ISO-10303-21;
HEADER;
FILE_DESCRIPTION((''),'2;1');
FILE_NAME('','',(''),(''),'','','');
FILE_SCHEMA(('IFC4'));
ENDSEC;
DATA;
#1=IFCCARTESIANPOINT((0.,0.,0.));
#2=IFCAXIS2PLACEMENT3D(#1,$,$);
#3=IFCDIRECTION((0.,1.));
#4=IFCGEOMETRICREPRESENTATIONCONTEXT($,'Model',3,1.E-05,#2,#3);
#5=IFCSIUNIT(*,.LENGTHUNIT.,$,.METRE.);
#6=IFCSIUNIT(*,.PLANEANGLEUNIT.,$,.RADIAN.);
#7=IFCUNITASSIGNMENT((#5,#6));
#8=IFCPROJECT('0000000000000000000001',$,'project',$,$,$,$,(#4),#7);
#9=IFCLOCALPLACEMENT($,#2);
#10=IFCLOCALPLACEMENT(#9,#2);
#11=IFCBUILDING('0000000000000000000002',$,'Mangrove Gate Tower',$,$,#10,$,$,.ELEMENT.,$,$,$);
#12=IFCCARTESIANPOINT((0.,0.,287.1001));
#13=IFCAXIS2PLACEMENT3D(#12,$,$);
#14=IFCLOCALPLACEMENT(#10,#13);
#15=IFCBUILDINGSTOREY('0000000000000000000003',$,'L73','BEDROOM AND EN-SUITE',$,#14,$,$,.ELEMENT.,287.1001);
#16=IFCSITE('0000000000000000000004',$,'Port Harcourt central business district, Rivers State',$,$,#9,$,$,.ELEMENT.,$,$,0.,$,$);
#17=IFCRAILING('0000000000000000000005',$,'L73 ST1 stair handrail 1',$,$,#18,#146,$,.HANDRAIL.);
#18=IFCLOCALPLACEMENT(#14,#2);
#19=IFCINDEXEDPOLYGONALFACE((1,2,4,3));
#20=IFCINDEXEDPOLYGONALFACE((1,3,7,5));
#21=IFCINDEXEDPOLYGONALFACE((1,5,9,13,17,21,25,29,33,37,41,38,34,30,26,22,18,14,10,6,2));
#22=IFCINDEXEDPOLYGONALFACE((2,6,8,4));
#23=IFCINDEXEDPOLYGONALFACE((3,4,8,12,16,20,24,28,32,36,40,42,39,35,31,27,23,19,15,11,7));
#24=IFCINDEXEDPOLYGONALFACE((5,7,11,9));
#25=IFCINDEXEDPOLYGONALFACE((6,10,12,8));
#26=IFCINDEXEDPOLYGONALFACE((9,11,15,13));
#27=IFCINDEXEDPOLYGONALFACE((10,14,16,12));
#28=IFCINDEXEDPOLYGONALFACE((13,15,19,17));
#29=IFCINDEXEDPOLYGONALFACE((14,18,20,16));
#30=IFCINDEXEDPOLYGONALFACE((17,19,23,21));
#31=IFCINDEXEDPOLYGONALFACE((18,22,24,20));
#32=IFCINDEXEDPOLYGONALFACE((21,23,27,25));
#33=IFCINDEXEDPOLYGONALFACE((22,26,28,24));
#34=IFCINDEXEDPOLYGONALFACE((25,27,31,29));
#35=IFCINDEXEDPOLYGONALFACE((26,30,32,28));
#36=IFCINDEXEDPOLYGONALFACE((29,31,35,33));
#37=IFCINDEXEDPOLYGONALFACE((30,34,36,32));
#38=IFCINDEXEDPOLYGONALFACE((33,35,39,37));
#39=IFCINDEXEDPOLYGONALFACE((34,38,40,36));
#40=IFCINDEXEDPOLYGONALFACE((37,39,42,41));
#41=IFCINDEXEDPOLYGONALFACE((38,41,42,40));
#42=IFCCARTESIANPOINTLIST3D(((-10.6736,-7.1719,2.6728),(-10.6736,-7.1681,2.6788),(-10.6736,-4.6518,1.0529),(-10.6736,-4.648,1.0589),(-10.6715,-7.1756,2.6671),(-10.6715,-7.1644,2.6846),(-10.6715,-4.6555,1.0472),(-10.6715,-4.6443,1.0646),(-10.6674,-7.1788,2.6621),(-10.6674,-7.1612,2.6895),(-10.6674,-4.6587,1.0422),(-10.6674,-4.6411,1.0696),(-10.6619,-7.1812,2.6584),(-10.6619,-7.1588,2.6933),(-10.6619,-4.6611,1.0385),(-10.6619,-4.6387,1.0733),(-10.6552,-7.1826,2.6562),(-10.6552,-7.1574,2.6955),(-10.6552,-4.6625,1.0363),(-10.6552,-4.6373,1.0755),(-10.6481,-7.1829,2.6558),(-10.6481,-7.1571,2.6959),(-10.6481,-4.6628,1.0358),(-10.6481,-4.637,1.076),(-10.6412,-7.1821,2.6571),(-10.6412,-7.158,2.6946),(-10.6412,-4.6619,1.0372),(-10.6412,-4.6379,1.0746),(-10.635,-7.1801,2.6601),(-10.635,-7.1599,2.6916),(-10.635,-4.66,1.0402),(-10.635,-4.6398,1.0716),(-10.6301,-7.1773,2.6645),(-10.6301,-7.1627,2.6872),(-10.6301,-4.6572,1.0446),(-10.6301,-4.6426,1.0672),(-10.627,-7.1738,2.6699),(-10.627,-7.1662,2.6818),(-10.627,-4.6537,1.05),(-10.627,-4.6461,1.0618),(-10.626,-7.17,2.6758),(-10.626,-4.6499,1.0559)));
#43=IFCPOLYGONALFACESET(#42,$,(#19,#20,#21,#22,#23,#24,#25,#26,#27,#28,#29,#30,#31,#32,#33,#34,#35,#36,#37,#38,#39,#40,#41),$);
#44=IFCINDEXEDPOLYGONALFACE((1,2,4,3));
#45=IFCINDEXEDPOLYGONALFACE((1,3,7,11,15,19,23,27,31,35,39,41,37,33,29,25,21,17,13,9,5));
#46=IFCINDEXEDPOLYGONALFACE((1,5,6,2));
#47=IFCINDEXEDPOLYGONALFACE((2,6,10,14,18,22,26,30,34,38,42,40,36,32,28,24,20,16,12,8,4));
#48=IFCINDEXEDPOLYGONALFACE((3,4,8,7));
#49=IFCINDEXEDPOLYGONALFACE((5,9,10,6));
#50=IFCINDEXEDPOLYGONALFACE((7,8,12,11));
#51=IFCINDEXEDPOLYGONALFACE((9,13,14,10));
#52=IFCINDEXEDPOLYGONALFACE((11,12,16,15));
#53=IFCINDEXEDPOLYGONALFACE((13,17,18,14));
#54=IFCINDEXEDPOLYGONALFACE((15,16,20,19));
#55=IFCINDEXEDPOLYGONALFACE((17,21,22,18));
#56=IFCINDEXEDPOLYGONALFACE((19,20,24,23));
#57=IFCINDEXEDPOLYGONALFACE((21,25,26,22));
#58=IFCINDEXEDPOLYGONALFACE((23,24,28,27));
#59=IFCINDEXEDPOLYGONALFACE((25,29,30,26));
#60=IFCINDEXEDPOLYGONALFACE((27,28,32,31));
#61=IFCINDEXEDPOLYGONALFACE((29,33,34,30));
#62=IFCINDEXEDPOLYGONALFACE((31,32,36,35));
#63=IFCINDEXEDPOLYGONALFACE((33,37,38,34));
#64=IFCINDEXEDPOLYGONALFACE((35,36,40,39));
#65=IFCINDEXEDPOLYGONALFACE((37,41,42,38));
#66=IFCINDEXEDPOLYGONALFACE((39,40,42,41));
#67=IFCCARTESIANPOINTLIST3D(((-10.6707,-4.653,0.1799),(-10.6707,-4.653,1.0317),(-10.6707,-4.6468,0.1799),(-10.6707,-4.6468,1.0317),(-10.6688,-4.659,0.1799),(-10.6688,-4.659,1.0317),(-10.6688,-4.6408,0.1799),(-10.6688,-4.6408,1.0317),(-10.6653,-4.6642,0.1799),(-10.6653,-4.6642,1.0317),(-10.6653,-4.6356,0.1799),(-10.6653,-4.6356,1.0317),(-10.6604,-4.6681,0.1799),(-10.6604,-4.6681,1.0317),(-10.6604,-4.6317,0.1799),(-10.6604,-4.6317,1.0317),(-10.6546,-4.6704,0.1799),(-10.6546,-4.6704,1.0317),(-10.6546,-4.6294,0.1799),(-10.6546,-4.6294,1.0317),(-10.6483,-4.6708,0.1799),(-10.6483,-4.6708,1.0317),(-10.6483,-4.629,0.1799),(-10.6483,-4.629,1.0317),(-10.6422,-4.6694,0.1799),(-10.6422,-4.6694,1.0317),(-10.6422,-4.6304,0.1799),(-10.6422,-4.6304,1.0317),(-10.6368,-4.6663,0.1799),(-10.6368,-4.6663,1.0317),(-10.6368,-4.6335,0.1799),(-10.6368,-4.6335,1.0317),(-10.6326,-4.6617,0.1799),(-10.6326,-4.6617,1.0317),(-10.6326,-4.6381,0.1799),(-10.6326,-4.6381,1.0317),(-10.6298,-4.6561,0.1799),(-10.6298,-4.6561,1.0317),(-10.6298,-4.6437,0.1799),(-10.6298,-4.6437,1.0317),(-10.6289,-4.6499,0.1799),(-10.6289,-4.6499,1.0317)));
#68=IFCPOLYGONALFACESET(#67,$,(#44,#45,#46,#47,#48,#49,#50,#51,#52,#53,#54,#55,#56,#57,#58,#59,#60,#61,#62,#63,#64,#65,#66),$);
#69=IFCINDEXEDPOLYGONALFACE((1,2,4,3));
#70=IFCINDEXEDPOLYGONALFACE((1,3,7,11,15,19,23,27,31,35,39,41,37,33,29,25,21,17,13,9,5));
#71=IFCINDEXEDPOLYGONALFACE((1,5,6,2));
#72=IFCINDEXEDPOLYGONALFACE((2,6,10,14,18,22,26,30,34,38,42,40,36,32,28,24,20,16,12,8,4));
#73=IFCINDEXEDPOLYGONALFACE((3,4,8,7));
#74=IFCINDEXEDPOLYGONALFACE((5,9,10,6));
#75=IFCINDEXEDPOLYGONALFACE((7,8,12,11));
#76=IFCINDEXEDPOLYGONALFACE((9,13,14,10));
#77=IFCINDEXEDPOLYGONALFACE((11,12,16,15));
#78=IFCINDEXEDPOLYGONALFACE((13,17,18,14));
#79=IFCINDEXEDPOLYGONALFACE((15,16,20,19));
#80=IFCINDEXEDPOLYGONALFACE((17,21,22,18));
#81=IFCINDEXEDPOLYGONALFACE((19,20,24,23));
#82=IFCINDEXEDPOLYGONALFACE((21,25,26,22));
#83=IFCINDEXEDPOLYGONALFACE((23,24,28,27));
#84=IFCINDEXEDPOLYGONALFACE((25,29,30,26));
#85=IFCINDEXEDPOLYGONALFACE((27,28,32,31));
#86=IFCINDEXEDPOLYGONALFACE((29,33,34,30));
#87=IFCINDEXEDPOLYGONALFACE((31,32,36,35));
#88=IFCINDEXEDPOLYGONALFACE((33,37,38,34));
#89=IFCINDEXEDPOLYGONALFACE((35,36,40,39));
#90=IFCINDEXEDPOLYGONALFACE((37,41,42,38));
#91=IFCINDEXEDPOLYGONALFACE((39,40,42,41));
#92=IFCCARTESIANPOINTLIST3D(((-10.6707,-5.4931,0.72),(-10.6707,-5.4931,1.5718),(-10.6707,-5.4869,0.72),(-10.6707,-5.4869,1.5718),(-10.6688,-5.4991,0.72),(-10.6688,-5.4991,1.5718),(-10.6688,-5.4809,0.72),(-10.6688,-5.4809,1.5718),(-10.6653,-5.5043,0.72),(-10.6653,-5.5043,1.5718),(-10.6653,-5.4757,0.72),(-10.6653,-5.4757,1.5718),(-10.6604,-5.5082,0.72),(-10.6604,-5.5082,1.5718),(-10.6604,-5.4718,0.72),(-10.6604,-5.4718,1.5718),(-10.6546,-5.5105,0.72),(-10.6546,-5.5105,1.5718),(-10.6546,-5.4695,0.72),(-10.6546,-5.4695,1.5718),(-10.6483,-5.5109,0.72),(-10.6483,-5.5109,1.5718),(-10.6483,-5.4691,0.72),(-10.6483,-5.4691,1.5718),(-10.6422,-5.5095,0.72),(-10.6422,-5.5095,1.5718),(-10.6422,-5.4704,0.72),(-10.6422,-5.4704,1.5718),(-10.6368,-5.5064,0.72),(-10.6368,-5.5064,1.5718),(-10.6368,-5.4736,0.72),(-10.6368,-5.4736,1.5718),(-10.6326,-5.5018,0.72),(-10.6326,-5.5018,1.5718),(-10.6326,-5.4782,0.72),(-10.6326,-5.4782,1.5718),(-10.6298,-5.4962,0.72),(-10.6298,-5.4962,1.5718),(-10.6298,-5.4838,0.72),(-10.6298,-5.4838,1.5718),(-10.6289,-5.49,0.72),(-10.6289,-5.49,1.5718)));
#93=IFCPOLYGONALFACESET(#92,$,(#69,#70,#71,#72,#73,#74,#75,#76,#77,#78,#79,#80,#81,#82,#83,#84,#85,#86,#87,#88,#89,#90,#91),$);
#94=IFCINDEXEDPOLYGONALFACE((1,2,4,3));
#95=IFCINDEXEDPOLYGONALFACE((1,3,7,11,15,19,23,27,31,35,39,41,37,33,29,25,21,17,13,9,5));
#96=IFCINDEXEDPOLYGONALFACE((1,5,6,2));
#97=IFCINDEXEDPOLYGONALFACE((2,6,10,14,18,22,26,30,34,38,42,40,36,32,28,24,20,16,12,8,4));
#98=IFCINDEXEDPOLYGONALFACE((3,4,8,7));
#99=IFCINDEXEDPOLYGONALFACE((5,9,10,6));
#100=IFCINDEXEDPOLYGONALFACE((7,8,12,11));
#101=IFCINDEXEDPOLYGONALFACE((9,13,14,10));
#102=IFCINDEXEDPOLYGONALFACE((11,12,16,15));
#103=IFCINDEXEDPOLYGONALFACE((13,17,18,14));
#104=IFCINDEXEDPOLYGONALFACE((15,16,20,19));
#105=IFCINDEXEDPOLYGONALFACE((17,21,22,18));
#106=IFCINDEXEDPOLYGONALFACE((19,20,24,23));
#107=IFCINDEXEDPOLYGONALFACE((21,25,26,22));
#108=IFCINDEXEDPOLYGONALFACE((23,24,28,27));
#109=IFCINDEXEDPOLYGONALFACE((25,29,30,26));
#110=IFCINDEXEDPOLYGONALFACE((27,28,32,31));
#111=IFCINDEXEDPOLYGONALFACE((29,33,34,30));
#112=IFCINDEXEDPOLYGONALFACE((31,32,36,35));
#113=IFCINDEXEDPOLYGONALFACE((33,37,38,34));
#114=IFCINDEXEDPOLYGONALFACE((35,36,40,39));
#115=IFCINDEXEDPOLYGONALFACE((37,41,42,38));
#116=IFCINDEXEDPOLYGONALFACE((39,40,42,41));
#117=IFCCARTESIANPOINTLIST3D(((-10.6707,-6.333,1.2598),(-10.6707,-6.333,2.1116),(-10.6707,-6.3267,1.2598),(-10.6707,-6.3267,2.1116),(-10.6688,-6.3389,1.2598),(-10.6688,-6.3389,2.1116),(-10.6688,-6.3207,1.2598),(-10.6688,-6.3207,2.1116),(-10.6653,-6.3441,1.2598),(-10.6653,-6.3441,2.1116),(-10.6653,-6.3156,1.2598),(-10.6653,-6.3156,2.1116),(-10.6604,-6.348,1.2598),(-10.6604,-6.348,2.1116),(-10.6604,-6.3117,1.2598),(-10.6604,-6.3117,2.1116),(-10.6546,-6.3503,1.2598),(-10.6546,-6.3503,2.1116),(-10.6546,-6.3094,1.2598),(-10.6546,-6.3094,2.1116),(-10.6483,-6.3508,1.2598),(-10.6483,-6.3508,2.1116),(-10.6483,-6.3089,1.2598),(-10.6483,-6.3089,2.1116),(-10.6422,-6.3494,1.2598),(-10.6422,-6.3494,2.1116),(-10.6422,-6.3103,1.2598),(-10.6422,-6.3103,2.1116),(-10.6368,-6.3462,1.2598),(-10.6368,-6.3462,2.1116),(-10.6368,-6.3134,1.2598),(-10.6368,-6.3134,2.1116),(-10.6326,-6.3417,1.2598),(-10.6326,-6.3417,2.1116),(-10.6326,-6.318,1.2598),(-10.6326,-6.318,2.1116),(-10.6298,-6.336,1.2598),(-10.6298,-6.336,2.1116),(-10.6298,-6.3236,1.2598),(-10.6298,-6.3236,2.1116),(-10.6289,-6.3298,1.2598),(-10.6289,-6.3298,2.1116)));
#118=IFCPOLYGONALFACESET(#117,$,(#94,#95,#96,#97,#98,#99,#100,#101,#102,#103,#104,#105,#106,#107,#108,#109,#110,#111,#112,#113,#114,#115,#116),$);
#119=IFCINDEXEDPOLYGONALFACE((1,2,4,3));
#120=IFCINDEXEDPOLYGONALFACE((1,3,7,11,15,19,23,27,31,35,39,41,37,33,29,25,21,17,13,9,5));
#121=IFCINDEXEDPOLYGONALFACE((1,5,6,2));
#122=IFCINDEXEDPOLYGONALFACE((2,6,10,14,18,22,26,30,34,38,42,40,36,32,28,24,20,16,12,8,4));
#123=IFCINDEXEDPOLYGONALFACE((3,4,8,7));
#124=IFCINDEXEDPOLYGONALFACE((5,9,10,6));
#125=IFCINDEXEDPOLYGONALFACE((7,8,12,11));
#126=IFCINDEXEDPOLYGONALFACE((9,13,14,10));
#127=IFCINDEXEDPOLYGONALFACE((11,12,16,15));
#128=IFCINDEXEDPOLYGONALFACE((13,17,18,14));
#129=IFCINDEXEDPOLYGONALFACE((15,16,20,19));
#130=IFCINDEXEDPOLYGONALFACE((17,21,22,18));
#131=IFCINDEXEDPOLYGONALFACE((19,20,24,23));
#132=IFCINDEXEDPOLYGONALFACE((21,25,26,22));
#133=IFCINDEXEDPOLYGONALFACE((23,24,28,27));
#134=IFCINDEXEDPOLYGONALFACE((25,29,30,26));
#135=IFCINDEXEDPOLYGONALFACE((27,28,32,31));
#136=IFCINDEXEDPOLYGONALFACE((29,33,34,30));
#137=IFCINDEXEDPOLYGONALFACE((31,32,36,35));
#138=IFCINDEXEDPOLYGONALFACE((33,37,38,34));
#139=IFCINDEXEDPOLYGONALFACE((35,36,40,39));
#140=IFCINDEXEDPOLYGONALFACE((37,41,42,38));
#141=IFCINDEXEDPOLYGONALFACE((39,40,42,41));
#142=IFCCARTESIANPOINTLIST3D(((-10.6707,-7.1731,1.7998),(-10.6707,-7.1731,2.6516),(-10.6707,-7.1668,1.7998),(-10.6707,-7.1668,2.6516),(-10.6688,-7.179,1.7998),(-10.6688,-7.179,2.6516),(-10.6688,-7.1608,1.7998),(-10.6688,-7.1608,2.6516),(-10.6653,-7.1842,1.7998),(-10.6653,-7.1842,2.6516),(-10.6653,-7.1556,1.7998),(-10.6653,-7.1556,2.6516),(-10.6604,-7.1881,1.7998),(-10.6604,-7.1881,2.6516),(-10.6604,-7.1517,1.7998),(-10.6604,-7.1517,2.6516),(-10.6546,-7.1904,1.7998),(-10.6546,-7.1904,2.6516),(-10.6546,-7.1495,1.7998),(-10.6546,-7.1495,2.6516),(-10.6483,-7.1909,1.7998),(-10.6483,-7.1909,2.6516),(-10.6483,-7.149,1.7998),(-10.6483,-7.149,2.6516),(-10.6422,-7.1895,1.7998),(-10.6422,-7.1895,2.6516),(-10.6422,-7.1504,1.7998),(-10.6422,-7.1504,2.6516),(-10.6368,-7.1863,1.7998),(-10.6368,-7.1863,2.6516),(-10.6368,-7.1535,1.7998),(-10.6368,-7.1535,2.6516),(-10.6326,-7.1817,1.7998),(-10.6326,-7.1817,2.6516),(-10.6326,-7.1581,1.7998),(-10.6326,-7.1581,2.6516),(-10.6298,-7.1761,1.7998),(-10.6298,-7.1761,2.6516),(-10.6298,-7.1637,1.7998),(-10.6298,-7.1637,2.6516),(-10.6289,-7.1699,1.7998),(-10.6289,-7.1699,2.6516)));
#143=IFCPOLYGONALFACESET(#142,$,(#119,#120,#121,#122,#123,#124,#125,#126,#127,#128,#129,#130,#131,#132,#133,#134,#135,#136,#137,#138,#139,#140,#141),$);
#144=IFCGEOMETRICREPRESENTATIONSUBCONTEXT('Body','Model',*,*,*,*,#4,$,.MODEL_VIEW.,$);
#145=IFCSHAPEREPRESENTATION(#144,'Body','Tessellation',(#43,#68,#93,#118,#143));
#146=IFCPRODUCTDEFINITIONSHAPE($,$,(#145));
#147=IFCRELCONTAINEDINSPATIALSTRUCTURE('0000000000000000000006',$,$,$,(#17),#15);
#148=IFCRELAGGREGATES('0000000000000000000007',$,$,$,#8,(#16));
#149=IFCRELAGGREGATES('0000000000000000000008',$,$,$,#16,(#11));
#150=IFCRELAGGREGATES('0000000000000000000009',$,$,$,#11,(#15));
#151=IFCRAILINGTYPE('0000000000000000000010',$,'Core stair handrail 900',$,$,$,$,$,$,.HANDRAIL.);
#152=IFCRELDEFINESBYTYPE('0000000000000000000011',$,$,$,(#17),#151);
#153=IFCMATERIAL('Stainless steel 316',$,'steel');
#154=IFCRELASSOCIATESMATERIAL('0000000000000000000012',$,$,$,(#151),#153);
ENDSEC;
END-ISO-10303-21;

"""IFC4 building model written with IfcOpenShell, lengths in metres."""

from ifc_helpers import new_model, si_unit, direction, frame, origin, origin_2d, place, context, subcontext, project, spatial, circle, extrude, material, type_object, element, save


model = new_model("IFC4")

# Units and contexts
model_context = context("Model", 3, precision=1e-05, world=origin(), true_north=direction((0.0, 1.0)))
body_context = subcontext(model_context, "Body", "Model", "MODEL_VIEW")
ifc_project = project(units=[si_unit("LENGTHUNIT", "METRE"), si_unit("PLANEANGLEUNIT", "RADIAN")], contexts=[model_context])

# Site, building, storey
site_placement = place(None, origin())
site = spatial("IfcSite", under=ifc_project, at=site_placement, Name="Port Harcourt central business district, Rivers State", CompositionType="ELEMENT", RefElevation=0.0)
building_placement = place(site_placement, origin())
building = spatial("IfcBuilding", under=site, at=building_placement, Name="Mangrove Gate Tower", CompositionType="ELEMENT")
storey_placement = place(building_placement, frame((0.0, 0.0, 287.1001)))
storey = spatial("IfcBuildingStorey", under=building, at=storey_placement, Name="L73", Description="BEDROOM AND EN-SUITE", CompositionType="ELEMENT", Elevation=287.1001)

# Railing
ifc_material_1 = material(Name="Stainless steel 316", Category="steel")
railing_type_1 = type_object("IfcRailingType", Name="Core stair handrail 900", PredefinedType="HANDRAIL", material=ifc_material_1)
railing_1_placement = place(storey_placement, frame((-10.6499, -4.6499, 0.1799)))
element("IfcRailing", 1, at=railing_1_placement, inside=storey, type_object=railing_type_1, Name="L73 ST1 stair handrail 1", PredefinedType="HANDRAIL", context=body_context, shape_type="SweptSolid", body=[
    extrude(circle(Radius=0.0239, at=origin_2d()), frame((0.0, 0.0, 0.876), z_axis=(0.0, -0.8412, 0.540725), x_axis=(1.0, 0.0, 0.0)), (0.0, 0.0, 1.0), 2.9958),
    extrude(circle(Radius=0.021, at=origin_2d()), origin(), (0.0, 0.0, 1.0), 0.8518),
    extrude(circle(Radius=0.021, at=origin_2d()), frame((0.0, -0.8401, 0.54)), (0.0, 0.0, 1.0), 0.8518),
    extrude(circle(Radius=0.021, at=origin_2d()), frame((0.0, -1.6799, 1.0798)), (0.0, 0.0, 1.0), 0.8518),
    extrude(circle(Radius=0.021, at=origin_2d()), frame((0.0, -2.52, 1.6199)), (0.0, 0.0, 1.0), 0.8518),
])

save(model, "model.ifc")
